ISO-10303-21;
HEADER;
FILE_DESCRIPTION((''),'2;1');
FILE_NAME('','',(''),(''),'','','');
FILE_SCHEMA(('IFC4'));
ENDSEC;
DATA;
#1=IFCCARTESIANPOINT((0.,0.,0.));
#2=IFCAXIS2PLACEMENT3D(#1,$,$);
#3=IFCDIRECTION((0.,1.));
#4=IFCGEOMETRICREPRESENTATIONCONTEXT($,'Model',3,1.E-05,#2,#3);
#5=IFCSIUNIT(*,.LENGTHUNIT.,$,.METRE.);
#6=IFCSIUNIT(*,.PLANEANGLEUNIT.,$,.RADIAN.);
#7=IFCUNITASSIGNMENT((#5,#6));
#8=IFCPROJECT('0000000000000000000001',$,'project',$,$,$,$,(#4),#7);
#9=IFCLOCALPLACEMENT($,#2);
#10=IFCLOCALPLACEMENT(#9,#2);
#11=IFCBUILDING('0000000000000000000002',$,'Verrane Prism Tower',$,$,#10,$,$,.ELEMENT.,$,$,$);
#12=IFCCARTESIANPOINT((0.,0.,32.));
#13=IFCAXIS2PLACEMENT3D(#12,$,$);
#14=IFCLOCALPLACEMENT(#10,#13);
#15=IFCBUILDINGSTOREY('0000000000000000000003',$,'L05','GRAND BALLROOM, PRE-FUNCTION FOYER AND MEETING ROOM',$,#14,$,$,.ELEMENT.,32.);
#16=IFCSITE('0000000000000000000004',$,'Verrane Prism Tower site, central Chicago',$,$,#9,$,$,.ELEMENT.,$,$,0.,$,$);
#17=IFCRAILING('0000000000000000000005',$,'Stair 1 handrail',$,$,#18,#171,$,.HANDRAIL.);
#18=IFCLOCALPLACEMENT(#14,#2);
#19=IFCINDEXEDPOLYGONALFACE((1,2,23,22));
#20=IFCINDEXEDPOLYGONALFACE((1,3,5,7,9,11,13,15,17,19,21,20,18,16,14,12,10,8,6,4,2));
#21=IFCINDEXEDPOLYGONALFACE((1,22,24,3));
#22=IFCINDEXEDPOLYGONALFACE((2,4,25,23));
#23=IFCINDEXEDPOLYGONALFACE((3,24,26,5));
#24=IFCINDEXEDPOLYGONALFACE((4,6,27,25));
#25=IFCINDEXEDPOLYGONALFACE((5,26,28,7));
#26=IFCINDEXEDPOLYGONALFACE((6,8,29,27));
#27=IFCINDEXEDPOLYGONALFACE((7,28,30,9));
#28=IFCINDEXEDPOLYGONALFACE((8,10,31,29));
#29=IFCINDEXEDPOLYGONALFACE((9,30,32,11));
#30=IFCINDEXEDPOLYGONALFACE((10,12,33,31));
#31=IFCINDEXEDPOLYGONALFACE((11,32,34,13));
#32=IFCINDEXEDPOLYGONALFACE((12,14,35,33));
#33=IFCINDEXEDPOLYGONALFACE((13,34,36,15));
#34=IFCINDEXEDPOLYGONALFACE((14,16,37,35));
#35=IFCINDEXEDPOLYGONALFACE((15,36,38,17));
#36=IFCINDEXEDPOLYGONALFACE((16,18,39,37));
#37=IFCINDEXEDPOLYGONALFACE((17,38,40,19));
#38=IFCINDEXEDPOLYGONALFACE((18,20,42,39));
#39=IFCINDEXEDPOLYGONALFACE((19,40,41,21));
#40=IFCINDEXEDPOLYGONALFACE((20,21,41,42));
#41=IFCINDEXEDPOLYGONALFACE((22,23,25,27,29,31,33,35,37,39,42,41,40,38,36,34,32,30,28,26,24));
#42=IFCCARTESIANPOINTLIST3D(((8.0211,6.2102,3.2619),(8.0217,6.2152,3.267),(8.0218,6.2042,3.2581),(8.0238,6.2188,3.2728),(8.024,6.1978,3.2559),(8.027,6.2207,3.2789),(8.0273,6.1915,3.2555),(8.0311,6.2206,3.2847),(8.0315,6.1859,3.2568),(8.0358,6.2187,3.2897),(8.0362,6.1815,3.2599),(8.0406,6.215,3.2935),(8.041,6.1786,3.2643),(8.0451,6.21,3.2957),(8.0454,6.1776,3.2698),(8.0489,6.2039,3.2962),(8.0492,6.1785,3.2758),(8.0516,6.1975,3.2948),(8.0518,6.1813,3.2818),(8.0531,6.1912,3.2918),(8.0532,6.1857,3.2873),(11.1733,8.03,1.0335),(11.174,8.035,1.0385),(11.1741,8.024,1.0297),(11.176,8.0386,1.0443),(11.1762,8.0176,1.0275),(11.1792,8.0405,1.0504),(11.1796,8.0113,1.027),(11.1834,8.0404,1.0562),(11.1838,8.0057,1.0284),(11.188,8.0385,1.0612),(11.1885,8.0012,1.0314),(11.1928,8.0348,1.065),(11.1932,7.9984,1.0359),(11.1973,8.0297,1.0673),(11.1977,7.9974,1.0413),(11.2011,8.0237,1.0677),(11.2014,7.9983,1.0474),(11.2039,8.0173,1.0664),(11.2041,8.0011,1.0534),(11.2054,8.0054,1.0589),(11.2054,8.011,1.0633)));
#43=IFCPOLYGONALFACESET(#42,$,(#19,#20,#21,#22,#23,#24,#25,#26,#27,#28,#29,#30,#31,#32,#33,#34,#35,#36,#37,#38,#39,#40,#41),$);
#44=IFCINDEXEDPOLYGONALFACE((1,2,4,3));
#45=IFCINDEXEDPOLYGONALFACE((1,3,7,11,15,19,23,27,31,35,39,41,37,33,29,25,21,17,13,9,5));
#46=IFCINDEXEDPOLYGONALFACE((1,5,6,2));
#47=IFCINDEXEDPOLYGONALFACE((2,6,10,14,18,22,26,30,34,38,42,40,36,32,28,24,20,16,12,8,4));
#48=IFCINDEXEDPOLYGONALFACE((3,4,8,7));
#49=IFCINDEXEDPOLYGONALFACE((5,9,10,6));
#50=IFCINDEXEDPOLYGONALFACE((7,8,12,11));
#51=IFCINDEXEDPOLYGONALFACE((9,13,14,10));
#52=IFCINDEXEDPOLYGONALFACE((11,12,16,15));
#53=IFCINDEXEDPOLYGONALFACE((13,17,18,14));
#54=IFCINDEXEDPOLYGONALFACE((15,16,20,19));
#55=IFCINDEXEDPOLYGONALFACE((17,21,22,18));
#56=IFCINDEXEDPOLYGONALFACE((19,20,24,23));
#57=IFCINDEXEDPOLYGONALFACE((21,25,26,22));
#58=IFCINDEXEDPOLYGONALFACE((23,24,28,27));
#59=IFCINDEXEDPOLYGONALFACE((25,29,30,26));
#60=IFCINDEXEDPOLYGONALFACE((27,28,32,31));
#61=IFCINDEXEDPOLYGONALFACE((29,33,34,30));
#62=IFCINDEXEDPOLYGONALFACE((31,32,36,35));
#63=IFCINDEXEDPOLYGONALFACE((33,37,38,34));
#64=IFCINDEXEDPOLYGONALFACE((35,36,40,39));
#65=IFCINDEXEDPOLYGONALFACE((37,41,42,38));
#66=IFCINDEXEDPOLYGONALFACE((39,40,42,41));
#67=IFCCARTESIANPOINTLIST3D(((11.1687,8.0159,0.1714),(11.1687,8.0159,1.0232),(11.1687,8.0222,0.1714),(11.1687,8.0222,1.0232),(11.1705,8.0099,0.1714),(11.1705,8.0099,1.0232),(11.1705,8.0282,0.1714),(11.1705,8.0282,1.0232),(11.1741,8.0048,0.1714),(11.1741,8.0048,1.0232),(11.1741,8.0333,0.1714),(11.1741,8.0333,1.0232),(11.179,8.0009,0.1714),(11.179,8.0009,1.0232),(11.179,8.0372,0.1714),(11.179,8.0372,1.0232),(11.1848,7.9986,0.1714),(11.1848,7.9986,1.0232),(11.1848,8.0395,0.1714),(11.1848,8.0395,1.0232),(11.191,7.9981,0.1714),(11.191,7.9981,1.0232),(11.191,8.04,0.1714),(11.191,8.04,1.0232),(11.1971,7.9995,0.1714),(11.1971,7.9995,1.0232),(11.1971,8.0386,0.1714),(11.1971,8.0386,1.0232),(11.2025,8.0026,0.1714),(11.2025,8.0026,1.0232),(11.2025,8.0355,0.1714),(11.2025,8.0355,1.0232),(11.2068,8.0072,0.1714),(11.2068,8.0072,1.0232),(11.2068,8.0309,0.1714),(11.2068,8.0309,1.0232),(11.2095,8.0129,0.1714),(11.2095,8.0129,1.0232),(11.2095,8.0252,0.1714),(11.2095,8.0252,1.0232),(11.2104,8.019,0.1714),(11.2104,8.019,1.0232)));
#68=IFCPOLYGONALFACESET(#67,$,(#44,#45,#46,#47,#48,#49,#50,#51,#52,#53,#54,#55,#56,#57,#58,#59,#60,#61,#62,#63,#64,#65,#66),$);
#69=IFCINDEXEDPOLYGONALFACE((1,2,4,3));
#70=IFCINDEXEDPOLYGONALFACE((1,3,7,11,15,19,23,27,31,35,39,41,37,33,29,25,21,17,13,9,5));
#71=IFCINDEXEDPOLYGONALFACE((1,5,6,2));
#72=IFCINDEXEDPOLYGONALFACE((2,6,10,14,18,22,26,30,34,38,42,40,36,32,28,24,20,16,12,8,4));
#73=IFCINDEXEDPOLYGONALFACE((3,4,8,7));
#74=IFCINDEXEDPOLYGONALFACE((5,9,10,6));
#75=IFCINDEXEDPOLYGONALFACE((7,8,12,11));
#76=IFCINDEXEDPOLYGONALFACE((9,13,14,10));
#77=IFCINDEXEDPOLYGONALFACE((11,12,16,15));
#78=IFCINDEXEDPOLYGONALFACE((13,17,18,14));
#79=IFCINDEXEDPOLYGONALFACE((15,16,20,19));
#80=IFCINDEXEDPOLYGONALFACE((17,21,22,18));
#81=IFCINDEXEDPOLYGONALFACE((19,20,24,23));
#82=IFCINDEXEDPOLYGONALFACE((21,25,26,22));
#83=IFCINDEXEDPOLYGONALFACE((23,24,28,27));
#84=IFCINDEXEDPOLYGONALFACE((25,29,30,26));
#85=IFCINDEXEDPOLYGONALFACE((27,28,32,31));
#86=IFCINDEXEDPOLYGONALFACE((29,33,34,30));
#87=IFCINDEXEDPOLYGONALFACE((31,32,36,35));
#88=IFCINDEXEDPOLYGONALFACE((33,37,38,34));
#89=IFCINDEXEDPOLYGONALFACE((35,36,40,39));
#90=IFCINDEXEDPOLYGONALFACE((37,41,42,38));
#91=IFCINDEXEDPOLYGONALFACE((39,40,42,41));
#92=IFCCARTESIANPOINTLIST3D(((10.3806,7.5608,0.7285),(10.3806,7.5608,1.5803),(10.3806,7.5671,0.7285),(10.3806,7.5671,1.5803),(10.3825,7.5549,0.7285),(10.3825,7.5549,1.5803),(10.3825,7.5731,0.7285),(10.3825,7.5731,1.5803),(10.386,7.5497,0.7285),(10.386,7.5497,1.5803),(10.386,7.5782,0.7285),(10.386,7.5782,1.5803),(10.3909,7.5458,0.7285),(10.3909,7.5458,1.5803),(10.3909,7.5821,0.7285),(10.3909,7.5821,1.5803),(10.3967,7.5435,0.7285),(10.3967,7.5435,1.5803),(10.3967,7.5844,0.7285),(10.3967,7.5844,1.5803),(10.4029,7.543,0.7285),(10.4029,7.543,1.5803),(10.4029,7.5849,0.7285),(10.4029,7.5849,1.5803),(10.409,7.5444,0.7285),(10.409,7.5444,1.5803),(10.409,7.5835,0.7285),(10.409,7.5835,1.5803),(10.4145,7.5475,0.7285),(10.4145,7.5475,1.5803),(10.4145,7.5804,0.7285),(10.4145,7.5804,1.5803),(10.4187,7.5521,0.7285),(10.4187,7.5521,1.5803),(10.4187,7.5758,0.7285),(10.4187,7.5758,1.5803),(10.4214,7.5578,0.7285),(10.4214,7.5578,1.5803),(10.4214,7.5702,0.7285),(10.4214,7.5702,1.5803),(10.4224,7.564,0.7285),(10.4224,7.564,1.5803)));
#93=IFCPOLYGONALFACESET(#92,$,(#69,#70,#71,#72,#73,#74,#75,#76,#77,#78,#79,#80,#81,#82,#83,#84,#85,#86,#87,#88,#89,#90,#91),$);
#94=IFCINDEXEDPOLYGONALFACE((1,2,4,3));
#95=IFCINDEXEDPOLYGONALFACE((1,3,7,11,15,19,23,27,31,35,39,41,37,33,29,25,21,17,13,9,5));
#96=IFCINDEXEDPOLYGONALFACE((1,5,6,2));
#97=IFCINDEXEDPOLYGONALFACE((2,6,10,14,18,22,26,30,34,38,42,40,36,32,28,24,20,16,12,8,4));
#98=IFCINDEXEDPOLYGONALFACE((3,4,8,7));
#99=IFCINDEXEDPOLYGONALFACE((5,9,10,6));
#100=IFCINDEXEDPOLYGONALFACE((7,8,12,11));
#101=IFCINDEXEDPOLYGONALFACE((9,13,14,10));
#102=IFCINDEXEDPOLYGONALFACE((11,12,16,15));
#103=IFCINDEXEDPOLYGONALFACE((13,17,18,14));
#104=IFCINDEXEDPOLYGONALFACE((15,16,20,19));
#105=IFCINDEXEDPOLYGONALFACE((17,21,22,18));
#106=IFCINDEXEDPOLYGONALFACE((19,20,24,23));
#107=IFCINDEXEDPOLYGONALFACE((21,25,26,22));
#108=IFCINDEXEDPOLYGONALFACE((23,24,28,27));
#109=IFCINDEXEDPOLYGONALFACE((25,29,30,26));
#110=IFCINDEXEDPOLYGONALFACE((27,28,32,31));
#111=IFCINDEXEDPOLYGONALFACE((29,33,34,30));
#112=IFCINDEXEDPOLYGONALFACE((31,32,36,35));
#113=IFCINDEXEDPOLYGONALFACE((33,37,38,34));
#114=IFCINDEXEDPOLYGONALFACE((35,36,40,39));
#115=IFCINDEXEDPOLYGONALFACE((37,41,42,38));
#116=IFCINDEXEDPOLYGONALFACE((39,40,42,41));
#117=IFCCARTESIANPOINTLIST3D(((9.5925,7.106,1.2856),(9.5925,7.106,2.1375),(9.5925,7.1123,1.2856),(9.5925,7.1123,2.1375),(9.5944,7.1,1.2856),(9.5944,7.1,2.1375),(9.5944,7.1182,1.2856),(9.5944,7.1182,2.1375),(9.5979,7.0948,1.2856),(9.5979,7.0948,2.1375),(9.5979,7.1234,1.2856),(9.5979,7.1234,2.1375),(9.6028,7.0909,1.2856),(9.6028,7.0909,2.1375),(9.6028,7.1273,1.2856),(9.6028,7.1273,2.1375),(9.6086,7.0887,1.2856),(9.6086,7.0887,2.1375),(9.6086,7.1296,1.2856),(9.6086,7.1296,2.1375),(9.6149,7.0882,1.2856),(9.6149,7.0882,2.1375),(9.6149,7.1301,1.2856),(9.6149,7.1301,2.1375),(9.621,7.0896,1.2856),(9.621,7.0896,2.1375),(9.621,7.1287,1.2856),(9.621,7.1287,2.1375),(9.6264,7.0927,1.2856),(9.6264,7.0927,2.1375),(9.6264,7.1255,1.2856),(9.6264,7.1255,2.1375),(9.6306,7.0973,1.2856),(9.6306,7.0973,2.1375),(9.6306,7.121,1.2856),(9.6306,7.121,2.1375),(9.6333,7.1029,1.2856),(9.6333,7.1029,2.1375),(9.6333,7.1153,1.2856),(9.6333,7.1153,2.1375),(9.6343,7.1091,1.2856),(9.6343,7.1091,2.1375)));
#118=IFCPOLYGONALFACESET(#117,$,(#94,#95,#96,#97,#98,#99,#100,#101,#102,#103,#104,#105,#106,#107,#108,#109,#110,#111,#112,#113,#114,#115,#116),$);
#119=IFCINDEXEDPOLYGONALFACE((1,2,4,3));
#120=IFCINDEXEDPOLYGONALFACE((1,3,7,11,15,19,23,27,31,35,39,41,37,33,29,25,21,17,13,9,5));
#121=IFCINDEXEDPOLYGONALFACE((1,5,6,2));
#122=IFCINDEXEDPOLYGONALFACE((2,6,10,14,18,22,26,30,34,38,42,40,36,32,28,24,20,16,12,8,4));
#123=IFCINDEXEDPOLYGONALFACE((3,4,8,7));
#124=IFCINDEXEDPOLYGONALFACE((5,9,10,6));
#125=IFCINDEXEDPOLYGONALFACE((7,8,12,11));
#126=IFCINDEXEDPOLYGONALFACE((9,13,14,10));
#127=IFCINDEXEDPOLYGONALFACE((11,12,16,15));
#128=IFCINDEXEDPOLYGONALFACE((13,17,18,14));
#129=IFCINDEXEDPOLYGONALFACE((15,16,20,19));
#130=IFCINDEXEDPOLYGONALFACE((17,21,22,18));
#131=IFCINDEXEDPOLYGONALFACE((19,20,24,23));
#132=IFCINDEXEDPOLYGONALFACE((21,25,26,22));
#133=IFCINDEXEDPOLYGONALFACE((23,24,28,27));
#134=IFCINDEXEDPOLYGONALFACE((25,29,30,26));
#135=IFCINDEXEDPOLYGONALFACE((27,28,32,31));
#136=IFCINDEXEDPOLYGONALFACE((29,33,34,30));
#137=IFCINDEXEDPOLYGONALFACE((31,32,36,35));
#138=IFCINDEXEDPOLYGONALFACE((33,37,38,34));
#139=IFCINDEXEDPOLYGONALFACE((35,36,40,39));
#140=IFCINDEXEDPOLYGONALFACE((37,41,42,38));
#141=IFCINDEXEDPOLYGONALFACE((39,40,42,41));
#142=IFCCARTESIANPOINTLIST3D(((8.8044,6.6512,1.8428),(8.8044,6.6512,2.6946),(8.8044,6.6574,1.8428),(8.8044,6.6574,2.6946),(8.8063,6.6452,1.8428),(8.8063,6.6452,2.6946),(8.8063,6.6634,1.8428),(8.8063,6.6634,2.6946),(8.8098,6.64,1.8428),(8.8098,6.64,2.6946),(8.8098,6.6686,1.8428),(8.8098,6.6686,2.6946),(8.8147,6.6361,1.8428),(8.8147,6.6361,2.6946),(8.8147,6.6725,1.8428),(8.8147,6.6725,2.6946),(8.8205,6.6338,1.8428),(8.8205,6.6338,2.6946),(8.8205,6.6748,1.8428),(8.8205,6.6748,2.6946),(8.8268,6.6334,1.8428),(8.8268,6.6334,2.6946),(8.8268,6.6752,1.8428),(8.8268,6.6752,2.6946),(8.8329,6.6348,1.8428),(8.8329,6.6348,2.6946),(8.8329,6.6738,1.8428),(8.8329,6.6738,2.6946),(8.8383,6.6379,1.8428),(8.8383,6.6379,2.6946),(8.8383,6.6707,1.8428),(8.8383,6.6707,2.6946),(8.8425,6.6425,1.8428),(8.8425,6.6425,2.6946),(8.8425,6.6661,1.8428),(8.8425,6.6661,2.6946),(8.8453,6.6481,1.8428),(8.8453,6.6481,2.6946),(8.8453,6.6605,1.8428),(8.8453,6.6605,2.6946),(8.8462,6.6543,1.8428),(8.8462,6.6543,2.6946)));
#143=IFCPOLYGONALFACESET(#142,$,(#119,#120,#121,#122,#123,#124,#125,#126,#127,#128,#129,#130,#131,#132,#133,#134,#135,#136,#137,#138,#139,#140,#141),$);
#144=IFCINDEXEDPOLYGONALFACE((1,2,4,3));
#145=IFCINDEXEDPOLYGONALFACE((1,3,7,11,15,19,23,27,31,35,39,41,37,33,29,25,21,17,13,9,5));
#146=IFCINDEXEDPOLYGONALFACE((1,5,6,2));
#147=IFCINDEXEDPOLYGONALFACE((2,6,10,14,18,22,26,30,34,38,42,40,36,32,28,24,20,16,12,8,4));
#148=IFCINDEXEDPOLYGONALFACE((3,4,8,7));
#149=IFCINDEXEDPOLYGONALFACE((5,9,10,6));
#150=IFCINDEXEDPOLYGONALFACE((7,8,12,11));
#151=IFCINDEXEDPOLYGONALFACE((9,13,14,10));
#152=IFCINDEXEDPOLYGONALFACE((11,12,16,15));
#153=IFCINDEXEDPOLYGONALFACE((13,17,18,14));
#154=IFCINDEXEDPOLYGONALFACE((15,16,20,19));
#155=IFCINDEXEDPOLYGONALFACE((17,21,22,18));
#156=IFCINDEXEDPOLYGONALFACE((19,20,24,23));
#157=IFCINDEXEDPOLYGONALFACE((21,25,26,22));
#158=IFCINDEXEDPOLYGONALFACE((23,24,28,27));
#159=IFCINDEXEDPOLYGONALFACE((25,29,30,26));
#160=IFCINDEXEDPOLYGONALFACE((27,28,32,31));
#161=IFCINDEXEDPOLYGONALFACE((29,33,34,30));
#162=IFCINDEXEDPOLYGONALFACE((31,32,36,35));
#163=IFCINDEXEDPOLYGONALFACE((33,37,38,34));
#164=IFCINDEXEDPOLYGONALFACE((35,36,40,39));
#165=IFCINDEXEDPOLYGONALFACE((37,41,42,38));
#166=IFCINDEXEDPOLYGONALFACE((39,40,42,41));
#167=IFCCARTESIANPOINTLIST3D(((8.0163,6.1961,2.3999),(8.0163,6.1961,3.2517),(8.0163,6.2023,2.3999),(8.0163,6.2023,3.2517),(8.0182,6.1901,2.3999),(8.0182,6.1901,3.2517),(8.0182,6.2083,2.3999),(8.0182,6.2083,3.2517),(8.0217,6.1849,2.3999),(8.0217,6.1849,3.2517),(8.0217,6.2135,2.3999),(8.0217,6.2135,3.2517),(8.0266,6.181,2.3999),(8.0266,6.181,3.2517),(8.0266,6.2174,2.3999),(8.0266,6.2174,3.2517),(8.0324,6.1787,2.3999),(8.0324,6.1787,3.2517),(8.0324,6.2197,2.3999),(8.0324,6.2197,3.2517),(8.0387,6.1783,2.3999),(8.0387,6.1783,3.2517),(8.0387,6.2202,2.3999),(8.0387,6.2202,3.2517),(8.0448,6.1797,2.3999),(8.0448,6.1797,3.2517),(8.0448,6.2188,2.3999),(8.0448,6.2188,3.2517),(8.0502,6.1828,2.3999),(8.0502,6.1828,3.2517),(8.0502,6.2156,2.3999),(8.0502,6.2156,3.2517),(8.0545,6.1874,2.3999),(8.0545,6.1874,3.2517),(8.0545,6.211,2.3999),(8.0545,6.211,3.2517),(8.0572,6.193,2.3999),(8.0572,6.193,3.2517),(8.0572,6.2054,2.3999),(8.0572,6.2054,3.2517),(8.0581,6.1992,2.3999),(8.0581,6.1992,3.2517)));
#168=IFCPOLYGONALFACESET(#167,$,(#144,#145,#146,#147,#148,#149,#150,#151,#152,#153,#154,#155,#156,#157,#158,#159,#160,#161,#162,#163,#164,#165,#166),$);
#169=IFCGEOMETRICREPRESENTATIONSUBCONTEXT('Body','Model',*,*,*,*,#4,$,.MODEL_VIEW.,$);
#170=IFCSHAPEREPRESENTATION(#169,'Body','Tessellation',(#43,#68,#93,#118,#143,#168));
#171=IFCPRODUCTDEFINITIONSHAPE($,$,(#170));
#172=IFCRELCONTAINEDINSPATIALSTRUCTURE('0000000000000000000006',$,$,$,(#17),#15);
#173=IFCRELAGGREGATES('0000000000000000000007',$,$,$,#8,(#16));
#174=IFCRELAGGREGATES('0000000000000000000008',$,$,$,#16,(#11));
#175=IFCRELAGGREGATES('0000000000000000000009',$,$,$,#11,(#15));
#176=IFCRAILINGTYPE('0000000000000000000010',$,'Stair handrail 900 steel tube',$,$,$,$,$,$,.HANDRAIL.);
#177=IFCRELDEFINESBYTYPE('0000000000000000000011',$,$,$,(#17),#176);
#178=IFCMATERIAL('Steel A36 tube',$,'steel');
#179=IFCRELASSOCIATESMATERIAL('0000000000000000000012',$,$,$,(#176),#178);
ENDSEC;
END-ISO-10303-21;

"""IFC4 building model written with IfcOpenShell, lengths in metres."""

from ifc_helpers import new_model, si_unit, direction, frame, origin, origin_2d, place, context, subcontext, project, spatial, circle, extrude, material, type_object, element, save


model = new_model("IFC4")

# Units and contexts
model_context = context("Model", 3, precision=1e-05, world=origin(), true_north=direction((0.0, 1.0)))
body_context = subcontext(model_context, "Body", "Model", "MODEL_VIEW")
ifc_project = project(units=[si_unit("LENGTHUNIT", "METRE"), si_unit("PLANEANGLEUNIT", "RADIAN")], contexts=[model_context])

# Site, building, storey
site_placement = place(None, origin())
site = spatial("IfcSite", under=ifc_project, at=site_placement, Name="Verrane Prism Tower site, central Chicago", CompositionType="ELEMENT", RefElevation=0.0)
building_placement = place(site_placement, origin())
building = spatial("IfcBuilding", under=site, at=building_placement, Name="Verrane Prism Tower", CompositionType="ELEMENT")
storey_placement = place(building_placement, frame((0.0, 0.0, 32.0)))
storey = spatial("IfcBuildingStorey", under=building, at=storey_placement, Name="L05", Description="GRAND BALLROOM, PRE-FUNCTION FOYER AND MEETING ROOM", CompositionType="ELEMENT", Elevation=32.0)

# Railing
ifc_material_1 = material(Name="Steel A36 tube", Category="steel")
railing_type_1 = type_object("IfcRailingType", Name="Stair handrail 900 steel tube", PredefinedType="HANDRAIL", material=ifc_material_1)
railing_1_placement = place(storey_placement, frame((11.1895, 8.019, 0.1714)))
element("IfcRailing", 1, at=railing_1_placement, inside=storey, type_object=railing_type_1, Name="Stair 1 handrail", PredefinedType="HANDRAIL", context=body_context, shape_type="SweptSolid", body=[
    extrude(circle(Radius=0.0239, at=origin_2d()), frame((0.0, 0.0, 0.876), z_axis=(-0.73861, -0.426394, 0.522153), x_axis=(0.499962, -0.866047, 0.0)), (0.0, 0.0, 1.0), 4.2678),
    extrude(circle(Radius=0.021, at=origin_2d()), origin(), (0.0, 0.0, 1.0), 0.8518),
    extrude(circle(Radius=0.021, at=origin_2d()), frame((-0.7881, -0.4551, 0.5571)), (0.0, 0.0, 1.0), 0.8518),
    extrude(circle(Radius=0.021, at=origin_2d()), frame((-1.5762, -0.9099, 1.1143)), (0.0, 0.0, 1.0), 0.8518),
    extrude(circle(Radius=0.021, at=origin_2d()), frame((-2.3643, -1.3647, 1.6714)), (0.0, 0.0, 1.0), 0.8518),
    extrude(circle(Radius=0.021, at=origin_2d()), frame((-3.1523, -1.8198, 2.2285)), (0.0, 0.0, 1.0), 0.8518),
])

save(model, "model.ifc")
